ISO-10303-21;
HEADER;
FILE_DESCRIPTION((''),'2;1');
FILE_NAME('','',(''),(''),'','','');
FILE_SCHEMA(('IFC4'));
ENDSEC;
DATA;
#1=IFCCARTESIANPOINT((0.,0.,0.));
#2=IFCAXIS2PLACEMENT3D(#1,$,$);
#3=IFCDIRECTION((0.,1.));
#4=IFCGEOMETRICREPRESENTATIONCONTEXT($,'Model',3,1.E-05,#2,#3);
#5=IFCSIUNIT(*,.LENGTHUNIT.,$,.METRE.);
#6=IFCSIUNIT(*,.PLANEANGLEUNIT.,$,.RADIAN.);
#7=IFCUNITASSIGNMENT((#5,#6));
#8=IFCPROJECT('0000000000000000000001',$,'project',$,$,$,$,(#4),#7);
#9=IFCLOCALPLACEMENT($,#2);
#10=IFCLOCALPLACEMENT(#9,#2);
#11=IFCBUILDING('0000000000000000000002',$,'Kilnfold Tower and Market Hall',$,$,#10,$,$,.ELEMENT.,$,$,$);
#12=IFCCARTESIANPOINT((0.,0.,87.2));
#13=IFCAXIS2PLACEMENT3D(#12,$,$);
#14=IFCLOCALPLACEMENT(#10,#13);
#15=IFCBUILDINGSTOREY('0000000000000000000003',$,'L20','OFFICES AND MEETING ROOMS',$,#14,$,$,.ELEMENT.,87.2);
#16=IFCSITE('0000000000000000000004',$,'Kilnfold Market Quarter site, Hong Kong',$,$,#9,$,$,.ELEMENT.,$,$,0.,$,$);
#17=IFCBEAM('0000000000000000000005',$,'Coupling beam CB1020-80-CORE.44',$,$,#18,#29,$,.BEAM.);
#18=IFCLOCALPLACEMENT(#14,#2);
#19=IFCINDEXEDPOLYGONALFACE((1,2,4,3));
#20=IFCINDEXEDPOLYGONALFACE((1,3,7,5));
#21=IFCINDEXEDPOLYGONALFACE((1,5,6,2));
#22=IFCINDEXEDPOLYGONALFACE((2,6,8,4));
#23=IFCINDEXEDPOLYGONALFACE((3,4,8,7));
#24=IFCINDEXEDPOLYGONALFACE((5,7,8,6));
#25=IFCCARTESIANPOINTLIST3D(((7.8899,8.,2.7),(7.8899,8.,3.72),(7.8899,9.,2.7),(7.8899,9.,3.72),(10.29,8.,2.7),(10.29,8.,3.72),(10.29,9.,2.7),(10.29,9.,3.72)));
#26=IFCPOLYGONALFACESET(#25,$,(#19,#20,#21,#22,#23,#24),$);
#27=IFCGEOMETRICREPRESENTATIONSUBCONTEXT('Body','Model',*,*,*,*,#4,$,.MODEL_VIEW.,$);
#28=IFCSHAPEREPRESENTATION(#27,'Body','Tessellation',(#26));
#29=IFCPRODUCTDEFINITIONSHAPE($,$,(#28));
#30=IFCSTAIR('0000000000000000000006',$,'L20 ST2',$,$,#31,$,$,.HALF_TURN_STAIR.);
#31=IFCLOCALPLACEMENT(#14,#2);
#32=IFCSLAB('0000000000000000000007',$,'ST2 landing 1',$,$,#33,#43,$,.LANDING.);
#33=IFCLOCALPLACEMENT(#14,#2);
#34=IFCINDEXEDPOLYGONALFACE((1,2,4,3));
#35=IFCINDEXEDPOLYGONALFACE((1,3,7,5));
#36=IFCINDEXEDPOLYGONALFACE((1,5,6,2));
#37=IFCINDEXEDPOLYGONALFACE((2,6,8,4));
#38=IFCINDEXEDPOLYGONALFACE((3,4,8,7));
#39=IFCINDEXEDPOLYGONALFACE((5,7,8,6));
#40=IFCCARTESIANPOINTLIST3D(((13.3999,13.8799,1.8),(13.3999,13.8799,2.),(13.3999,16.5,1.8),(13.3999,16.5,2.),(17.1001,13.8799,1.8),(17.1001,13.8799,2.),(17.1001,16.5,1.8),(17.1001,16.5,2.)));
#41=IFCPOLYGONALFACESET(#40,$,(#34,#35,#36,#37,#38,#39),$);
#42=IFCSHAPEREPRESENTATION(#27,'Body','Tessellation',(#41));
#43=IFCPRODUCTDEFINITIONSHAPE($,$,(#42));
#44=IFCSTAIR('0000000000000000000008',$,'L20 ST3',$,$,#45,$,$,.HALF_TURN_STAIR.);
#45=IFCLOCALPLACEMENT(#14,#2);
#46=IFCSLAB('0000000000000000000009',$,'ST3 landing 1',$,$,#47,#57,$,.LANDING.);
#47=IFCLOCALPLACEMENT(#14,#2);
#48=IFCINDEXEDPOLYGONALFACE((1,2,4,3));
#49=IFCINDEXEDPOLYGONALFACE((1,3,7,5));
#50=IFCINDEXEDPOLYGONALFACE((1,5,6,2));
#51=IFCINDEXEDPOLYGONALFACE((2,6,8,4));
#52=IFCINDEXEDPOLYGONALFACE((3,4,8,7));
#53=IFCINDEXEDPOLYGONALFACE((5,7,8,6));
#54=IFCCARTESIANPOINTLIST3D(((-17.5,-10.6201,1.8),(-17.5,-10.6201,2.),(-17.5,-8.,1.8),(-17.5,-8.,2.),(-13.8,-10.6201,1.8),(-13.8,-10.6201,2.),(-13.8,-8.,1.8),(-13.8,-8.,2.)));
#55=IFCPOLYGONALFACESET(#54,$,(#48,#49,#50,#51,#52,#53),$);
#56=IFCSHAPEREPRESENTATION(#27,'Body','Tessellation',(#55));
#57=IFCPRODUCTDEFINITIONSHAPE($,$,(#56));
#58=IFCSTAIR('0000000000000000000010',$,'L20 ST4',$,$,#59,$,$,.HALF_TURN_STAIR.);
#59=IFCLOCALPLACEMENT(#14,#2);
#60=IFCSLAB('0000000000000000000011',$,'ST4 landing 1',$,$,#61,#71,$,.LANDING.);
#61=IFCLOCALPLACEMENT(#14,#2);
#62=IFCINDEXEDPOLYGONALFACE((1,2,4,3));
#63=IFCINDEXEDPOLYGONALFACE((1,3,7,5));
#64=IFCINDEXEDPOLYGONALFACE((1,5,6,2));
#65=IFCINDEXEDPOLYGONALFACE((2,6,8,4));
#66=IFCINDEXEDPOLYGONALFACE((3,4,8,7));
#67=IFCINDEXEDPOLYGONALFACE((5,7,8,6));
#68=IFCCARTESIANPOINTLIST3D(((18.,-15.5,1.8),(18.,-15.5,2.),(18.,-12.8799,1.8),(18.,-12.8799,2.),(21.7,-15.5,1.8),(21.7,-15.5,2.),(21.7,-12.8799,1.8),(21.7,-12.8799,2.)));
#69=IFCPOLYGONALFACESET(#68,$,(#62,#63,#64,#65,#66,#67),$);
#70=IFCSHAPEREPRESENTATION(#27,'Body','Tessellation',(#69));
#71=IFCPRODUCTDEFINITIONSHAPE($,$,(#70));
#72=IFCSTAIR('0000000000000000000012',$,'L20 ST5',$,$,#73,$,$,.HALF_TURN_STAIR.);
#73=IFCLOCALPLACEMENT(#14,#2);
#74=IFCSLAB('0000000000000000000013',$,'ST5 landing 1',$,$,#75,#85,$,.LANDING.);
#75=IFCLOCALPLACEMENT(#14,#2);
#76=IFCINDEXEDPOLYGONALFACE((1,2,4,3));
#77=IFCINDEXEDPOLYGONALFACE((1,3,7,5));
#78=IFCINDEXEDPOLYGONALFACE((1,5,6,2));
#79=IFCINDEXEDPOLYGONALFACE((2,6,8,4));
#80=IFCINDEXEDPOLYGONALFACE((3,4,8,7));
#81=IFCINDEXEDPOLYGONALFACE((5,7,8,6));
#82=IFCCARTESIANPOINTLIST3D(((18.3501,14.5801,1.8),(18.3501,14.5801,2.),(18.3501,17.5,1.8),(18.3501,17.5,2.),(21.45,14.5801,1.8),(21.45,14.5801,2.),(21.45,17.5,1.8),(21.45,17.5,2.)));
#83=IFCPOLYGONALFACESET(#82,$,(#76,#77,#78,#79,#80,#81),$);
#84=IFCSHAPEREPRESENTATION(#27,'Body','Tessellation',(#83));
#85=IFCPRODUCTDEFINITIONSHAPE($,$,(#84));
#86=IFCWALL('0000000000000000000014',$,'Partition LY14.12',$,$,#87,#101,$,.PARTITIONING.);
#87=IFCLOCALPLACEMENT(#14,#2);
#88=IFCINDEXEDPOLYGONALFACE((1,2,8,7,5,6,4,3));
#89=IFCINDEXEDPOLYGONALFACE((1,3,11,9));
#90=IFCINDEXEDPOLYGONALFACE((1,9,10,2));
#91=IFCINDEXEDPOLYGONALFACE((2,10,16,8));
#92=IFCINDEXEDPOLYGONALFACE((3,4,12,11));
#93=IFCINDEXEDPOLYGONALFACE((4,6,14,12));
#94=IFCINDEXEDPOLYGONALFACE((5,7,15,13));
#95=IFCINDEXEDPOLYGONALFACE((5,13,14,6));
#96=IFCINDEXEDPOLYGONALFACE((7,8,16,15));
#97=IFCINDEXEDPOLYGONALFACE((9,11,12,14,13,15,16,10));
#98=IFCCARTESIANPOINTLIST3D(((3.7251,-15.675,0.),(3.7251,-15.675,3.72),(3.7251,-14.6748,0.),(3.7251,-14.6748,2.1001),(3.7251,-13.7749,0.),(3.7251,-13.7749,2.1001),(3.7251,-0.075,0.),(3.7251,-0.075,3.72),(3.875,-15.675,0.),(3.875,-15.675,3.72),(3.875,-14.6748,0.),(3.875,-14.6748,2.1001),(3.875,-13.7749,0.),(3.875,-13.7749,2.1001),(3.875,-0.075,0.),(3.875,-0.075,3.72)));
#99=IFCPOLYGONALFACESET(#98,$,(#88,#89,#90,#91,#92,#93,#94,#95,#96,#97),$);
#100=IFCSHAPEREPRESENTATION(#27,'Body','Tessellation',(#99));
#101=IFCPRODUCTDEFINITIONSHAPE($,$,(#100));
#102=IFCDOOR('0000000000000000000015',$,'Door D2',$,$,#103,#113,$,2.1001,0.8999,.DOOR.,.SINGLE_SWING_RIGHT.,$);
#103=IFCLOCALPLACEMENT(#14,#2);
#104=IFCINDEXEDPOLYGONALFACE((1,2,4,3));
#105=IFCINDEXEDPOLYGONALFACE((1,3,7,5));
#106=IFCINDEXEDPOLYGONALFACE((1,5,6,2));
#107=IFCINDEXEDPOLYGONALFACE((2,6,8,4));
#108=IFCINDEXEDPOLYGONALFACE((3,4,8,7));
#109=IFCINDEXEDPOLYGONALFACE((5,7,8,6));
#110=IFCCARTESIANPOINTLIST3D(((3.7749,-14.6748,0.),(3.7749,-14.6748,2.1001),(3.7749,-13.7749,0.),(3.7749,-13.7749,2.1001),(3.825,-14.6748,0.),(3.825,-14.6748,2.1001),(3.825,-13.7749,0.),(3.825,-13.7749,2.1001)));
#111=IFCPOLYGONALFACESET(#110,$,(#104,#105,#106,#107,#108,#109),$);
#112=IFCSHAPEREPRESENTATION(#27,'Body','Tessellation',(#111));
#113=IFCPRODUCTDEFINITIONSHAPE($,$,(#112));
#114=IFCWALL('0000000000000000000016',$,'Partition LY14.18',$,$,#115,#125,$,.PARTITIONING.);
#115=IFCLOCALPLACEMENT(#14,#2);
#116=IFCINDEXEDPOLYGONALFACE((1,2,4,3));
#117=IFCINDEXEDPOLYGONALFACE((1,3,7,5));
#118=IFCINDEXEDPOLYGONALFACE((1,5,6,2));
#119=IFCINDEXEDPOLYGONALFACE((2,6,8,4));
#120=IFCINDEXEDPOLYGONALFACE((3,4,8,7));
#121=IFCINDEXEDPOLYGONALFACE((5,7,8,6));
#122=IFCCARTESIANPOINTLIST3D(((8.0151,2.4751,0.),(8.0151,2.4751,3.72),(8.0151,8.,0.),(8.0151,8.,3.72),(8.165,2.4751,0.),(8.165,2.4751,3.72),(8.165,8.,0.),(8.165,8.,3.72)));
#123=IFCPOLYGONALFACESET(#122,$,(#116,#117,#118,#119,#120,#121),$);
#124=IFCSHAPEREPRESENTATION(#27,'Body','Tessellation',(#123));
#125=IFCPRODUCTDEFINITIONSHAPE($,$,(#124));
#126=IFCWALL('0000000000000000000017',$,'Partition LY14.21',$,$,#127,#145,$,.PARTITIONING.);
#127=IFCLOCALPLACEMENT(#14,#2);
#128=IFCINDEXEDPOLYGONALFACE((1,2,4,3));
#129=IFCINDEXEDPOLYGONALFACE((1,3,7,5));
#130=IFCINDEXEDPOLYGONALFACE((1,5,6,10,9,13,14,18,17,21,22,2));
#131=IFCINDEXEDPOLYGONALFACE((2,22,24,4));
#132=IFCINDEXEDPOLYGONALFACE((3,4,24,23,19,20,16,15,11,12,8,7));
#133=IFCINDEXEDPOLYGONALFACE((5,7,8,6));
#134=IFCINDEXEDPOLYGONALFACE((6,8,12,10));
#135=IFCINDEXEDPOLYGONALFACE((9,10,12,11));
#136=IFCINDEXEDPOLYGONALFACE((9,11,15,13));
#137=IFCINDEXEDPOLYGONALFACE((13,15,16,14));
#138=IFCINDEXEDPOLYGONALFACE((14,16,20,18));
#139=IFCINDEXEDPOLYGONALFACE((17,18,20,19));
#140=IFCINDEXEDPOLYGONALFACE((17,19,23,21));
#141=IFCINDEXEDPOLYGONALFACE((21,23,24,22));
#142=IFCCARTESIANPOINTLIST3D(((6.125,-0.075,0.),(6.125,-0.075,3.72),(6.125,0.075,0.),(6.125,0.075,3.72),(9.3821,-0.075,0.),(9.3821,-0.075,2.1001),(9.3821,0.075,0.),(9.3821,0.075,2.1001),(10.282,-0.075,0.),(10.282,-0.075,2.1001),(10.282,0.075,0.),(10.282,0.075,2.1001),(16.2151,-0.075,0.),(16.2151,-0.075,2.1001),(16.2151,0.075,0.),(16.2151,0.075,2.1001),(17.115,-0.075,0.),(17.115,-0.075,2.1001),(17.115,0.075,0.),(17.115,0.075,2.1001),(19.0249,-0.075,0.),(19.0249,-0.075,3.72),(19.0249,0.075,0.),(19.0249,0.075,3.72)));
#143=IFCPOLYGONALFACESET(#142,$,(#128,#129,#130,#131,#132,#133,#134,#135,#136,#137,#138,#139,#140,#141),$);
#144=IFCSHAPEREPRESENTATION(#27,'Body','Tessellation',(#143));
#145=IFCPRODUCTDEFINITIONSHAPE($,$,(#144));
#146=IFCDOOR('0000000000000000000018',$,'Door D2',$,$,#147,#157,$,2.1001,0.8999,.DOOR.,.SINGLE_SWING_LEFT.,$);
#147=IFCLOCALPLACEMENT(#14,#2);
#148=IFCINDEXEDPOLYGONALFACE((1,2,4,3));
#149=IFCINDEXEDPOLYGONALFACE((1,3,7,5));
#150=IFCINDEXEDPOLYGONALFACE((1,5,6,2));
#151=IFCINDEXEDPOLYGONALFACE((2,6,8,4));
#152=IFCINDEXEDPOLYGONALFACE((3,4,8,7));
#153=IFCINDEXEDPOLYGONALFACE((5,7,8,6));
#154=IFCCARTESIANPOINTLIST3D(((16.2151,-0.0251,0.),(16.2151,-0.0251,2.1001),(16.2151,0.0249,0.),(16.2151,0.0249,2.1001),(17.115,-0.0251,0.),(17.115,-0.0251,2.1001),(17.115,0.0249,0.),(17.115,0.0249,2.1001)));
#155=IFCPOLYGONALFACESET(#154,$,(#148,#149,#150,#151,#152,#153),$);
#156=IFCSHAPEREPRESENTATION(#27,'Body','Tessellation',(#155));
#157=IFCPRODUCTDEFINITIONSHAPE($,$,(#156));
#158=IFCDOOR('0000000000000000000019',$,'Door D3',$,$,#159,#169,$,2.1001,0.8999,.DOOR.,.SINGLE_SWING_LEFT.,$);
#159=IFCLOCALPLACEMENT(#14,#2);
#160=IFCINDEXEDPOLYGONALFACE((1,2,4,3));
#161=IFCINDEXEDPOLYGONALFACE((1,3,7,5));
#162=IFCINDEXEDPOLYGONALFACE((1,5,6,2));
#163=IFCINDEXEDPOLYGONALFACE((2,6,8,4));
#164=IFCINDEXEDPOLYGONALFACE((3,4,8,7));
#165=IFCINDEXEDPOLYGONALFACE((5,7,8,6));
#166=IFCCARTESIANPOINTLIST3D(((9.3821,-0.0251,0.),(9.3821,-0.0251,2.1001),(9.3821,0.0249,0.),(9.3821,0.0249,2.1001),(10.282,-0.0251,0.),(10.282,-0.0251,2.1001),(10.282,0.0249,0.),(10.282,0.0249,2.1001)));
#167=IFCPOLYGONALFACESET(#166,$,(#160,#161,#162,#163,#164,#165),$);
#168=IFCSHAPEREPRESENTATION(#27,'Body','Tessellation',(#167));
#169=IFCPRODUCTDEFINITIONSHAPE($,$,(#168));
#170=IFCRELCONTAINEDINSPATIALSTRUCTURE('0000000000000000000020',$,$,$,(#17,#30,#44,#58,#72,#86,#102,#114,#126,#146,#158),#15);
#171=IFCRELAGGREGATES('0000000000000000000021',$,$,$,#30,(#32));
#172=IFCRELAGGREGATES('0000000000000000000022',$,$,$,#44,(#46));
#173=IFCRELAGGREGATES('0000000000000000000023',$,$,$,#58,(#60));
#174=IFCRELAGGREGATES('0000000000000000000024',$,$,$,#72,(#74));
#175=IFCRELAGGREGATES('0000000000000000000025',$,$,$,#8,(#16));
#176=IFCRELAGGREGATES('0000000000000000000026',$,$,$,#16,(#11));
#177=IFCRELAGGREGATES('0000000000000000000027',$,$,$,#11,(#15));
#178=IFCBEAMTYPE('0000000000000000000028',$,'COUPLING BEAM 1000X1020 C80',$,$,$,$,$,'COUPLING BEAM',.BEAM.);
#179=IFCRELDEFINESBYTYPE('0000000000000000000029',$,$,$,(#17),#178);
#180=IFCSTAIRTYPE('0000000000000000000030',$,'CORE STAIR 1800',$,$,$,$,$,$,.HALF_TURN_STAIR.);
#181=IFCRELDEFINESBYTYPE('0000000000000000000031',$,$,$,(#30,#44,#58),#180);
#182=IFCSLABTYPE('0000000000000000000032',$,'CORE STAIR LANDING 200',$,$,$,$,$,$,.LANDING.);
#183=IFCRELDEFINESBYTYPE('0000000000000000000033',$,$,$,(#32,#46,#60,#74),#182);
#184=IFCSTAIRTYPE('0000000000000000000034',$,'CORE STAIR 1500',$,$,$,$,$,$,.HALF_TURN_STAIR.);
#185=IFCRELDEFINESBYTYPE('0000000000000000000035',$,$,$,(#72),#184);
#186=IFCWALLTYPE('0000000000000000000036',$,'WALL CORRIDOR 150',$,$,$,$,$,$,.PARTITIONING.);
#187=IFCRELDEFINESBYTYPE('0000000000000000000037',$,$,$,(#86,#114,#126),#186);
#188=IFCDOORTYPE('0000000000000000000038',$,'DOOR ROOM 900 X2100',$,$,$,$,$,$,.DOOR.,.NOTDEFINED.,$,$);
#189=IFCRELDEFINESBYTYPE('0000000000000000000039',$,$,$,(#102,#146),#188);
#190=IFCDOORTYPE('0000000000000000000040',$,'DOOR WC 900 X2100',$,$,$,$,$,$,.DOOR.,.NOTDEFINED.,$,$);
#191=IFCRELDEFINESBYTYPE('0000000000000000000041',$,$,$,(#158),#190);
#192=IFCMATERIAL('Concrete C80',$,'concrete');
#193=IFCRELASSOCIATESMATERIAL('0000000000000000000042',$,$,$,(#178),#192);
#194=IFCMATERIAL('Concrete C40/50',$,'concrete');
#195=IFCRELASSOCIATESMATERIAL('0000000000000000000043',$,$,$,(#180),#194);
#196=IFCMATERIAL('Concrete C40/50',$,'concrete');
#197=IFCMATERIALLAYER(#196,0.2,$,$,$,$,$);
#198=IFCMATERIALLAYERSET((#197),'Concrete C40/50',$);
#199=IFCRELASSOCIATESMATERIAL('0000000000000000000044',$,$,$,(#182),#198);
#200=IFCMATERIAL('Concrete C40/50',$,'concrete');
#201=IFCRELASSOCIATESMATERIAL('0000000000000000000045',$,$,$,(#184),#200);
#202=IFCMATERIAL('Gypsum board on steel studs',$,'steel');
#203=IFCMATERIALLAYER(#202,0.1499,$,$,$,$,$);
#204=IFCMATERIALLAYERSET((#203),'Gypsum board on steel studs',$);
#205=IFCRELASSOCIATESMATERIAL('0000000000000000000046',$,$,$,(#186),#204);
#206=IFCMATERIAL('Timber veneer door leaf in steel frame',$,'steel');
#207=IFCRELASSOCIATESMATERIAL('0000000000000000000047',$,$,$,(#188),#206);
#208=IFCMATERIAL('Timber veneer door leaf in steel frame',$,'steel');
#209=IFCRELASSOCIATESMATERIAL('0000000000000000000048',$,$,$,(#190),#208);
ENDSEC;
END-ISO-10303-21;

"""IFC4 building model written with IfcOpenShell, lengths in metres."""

from ifc_helpers import new_model, si_unit, direction, frame, frame_2d, origin, origin_2d, place, context, subcontext, project, spatial, polyline, rectangle, outline, extrude, source, transform, mapped, material, layer, layer_set, material_profile, profile_set, type_object, element, fill, aggregate, save


model = new_model("IFC4")

# Units and contexts
model_context = context("Model", 3, precision=1e-05, world=origin(), true_north=direction((0.0, 1.0)))
body_context = subcontext(model_context, "Body", "Model", "MODEL_VIEW")
ifc_project = project(units=[si_unit("LENGTHUNIT", "METRE"), si_unit("PLANEANGLEUNIT", "RADIAN")], contexts=[model_context])

# Site, building, storey
site_placement = place(None, origin())
site = spatial("IfcSite", under=ifc_project, at=site_placement, Name="Kilnfold Market Quarter site, Hong Kong", CompositionType="ELEMENT", RefElevation=0.0)
building_placement = place(site_placement, origin())
building = spatial("IfcBuilding", under=site, at=building_placement, Name="Kilnfold Tower and Market Hall", CompositionType="ELEMENT")
storey_placement = place(building_placement, frame((0.0, 0.0, 87.2)))
storey = spatial("IfcBuildingStorey", under=building, at=storey_placement, Name="L20", Description="OFFICES AND MEETING ROOMS", CompositionType="ELEMENT", Elevation=87.2)

# Beam
ifc_material_1 = material(Name="Concrete C80", Category="concrete")
ifc_material_profile = material_profile(ifc_material_1, rectangle(XDim=1.0, YDim=1.02, at=origin_2d()), Name="RC 1000x1020")
ifc_profile_set = profile_set([ifc_material_profile], Name="Concrete C80")
beam_type = type_object("IfcBeamType", Name="COUPLING BEAM 1000X1020 C80", ElementType="COUPLING BEAM", PredefinedType="BEAM", material=ifc_profile_set)
shared_shape_1 = source(origin(), body_context, "Body", "SweptSolid", [
    extrude(rectangle(XDim=1.0, YDim=1.02, at=origin_2d()), origin(), (0.0, 0.0, 1.0), 2.4001),
])
beam_placement = place(storey_placement, frame((7.8899, 8.5, 3.21), z_axis=(1.0, 0.0, 0.0), x_axis=(0.0, 1.0, 0.0)))
element("IfcBeam", 1, at=beam_placement, inside=storey, type_object=beam_type, Name="Coupling beam CB1020-80-CORE.44", PredefinedType="BEAM", context=body_context, shape_type="MappedRepresentation", body=[
    mapped(shared_shape_1, transform((0.0, 0.0, 0.0))),
])

# Stairs, slabs
ifc_material_2 = material(Name="Concrete C40/50", Category="concrete")
stair_type_1 = type_object("IfcStairType", Name="CORE STAIR 1800", PredefinedType="HALF_TURN_STAIR", material=ifc_material_2)
stair_1_placement = place(storey_placement, origin())
stair_1 = element("IfcStair", 2, at=stair_1_placement, inside=storey, type_object=stair_type_1, Name="L20 ST2", PredefinedType="HALF_TURN_STAIR")
ifc_material_3 = material(Name="Concrete C40/50", Category="concrete")
ifc_layer_1 = layer(ifc_material_3, 0.2)
ifc_layer_set_1 = layer_set([ifc_layer_1], Name="Concrete C40/50")
slab_type = type_object("IfcSlabType", Name="CORE STAIR LANDING 200", PredefinedType="LANDING", material=ifc_layer_set_1)
shared_shape_2 = source(origin(), body_context, "Body", "SweptSolid", [
    extrude(outline(polyline([(17.1001, 13.8799), (17.1001, 16.5), (13.3999, 16.5), (13.3999, 13.8799), (17.1001, 13.8799)])), origin(), (0.0, 0.0, 1.0), 0.2),
])
slab_1_placement = place(storey_placement, frame((0.0, 0.0, 1.8)))
slab_1 = element("IfcSlab", 3, at=slab_1_placement, type_object=slab_type, Name="ST2 landing 1", PredefinedType="LANDING", context=body_context, shape_type="MappedRepresentation", body=[
    mapped(shared_shape_2, transform((0.0, 0.0, 0.0))),
])
aggregate(stair_1, [slab_1])
stair_2_placement = place(storey_placement, origin())
stair_2 = element("IfcStair", 4, at=stair_2_placement, inside=storey, type_object=stair_type_1, Name="L20 ST3", PredefinedType="HALF_TURN_STAIR")
shared_shape_3 = source(origin(), body_context, "Body", "SweptSolid", [
    extrude(outline(polyline([(-13.8, -10.6201), (-13.8, -8.0), (-17.5, -8.0), (-17.5, -10.6201), (-13.8, -10.6201)])), origin(), (0.0, 0.0, 1.0), 0.2),
])
slab_2_placement = place(storey_placement, frame((0.0, 0.0, 1.8)))
slab_2 = element("IfcSlab", 5, at=slab_2_placement, type_object=slab_type, Name="ST3 landing 1", PredefinedType="LANDING", context=body_context, shape_type="MappedRepresentation", body=[
    mapped(shared_shape_3, transform((0.0, 0.0, 0.0))),
])
aggregate(stair_2, [slab_2])
stair_3_placement = place(storey_placement, origin())
stair_3 = element("IfcStair", 6, at=stair_3_placement, inside=storey, type_object=stair_type_1, Name="L20 ST4", PredefinedType="HALF_TURN_STAIR")
shared_shape_4 = source(origin(), body_context, "Body", "SweptSolid", [
    extrude(outline(polyline([(18.0, -12.8799), (18.0, -15.5), (21.7, -15.5), (21.7, -12.8799), (18.0, -12.8799)])), origin(), (0.0, 0.0, 1.0), 0.2),
])
slab_3_placement = place(storey_placement, frame((0.0, 0.0, 1.8)))
slab_3 = element("IfcSlab", 7, at=slab_3_placement, type_object=slab_type, Name="ST4 landing 1", PredefinedType="LANDING", context=body_context, shape_type="MappedRepresentation", body=[
    mapped(shared_shape_4, transform((0.0, 0.0, 0.0))),
])
aggregate(stair_3, [slab_3])
ifc_material_4 = material(Name="Concrete C40/50", Category="concrete")
stair_type_2 = type_object("IfcStairType", Name="CORE STAIR 1500", PredefinedType="HALF_TURN_STAIR", material=ifc_material_4)
stair_4_placement = place(storey_placement, origin())
stair_4 = element("IfcStair", 8, at=stair_4_placement, inside=storey, type_object=stair_type_2, Name="L20 ST5", PredefinedType="HALF_TURN_STAIR")
shared_shape_5 = source(origin(), body_context, "Body", "SweptSolid", [
    extrude(outline(polyline([(21.45, 14.5801), (21.45, 17.5), (18.3501, 17.5), (18.3501, 14.5801), (21.45, 14.5801)])), origin(), (0.0, 0.0, 1.0), 0.2),
])
slab_4_placement = place(storey_placement, frame((0.0, 0.0, 1.8)))
slab_4 = element("IfcSlab", 9, at=slab_4_placement, type_object=slab_type, Name="ST5 landing 1", PredefinedType="LANDING", context=body_context, shape_type="MappedRepresentation", body=[
    mapped(shared_shape_5, transform((0.0, 0.0, 0.0))),
])
aggregate(stair_4, [slab_4])

# Wall, opening, door
ifc_material_5 = material(Name="Gypsum board on steel studs", Category="steel")
ifc_layer_2 = layer(ifc_material_5, 0.1499)
ifc_layer_set_2 = layer_set([ifc_layer_2], Name="Gypsum board on steel studs")
wall_type_1 = type_object("IfcWallType", Name="WALL CORRIDOR 150", PredefinedType="PARTITIONING", material=ifc_layer_set_2)
wall_1_placement = place(storey_placement, frame((3.8, -0.075, 0.0), z_axis=(0.0, 0.0, 1.0), x_axis=(0.0, -1.0, 0.0)))
wall_1 = element("IfcWall", 10, at=wall_1_placement, inside=storey, type_object=wall_type_1, Name="Partition LY14.12", PredefinedType="PARTITIONING", context=body_context, shape_type="SweptSolid", body=[
    extrude(rectangle(XDim=15.6001, YDim=0.1499, at=frame_2d((7.8, 0.0))), origin(), (0.0, 0.0, 1.0), 3.72),
])
opening_1_placement = place(wall_1_placement, frame((13.7, 0.0, 0.0)))
opening_1 = element("IfcOpeningElement", 11, at=opening_1_placement, cuts=wall_1, PredefinedType="OPENING", context=body_context, shape_type="SweptSolid", body=[
    extrude(rectangle(XDim=0.8999, YDim=2.1001, at=frame_2d((0.45, 1.05))), frame((0.0, 0.085, 0.0), z_axis=(0.0, -1.0, 0.0), x_axis=(1.0, 0.0, 0.0)), (0.0, 0.0, 1.0), 0.1699),
])
ifc_material_6 = material(Name="Timber veneer door leaf in steel frame", Category="steel")
door_type_1 = type_object("IfcDoorType", Name="DOOR ROOM 900 X2100", OperationType="NOTDEFINED", PredefinedType="DOOR", material=ifc_material_6)
door_1_placement = place(opening_1_placement, origin())
door_1 = element("IfcDoor", 12, at=door_1_placement, inside=storey, type_object=door_type_1, Name="Door D2", OperationType="SINGLE_SWING_RIGHT", OverallHeight=2.1001, OverallWidth=0.8999, PredefinedType="DOOR", context=body_context, shape_type="SweptSolid", body=[
    extrude(rectangle(XDim=0.8999, YDim=2.1001, at=frame_2d((0.45, 1.05))), frame((0.0, 0.0249, 0.0), z_axis=(0.0, -1.0, 0.0), x_axis=(1.0, 0.0, 0.0)), (0.0, 0.0, 1.0), 0.05),
])
fill(opening_1, door_1)

# Wall
wall_2_placement = place(storey_placement, frame((8.0901, 8.0, 0.0), z_axis=(0.0, 0.0, 1.0), x_axis=(0.0, -1.0, 0.0)))
element("IfcWall", 13, at=wall_2_placement, inside=storey, type_object=wall_type_1, Name="Partition LY14.18", PredefinedType="PARTITIONING", context=body_context, shape_type="SweptSolid", body=[
    extrude(rectangle(XDim=5.5249, YDim=0.1499, at=frame_2d((2.7625, 0.0))), origin(), (0.0, 0.0, 1.0), 3.72),
])

# Wall, openings, doors
wall_3_placement = place(storey_placement, frame((6.125, 0.0, 0.0), z_axis=(0.0, 0.0, 1.0), x_axis=(1.0, 0.0, 0.0)))
wall_3 = element("IfcWall", 14, at=wall_3_placement, inside=storey, type_object=wall_type_1, Name="Partition LY14.21", PredefinedType="PARTITIONING", context=body_context, shape_type="SweptSolid", body=[
    extrude(rectangle(XDim=12.8999, YDim=0.1499, at=frame_2d((6.45, 0.0))), origin(), (0.0, 0.0, 1.0), 3.72),
])
opening_2_placement = place(wall_3_placement, frame((3.2571, 0.0, 0.0)))
opening_2 = element("IfcOpeningElement", 15, at=opening_2_placement, cuts=wall_3, PredefinedType="OPENING", context=body_context, shape_type="SweptSolid", body=[
    extrude(rectangle(XDim=0.8999, YDim=2.1001, at=frame_2d((0.45, 1.05))), frame((0.0, 0.085, 0.0), z_axis=(0.0, -1.0, 0.0), x_axis=(1.0, 0.0, 0.0)), (0.0, 0.0, 1.0), 0.1699),
])
opening_3_placement = place(wall_3_placement, frame((10.0901, 0.0, 0.0)))
opening_3 = element("IfcOpeningElement", 16, at=opening_3_placement, cuts=wall_3, PredefinedType="OPENING", context=body_context, shape_type="SweptSolid", body=[
    extrude(rectangle(XDim=0.8999, YDim=2.1001, at=frame_2d((0.45, 1.05))), frame((0.0, 0.085, 0.0), z_axis=(0.0, -1.0, 0.0), x_axis=(1.0, 0.0, 0.0)), (0.0, 0.0, 1.0), 0.1699),
])
door_2_placement = place(opening_3_placement, origin())
door_2 = element("IfcDoor", 17, at=door_2_placement, inside=storey, type_object=door_type_1, Name="Door D2", OperationType="SINGLE_SWING_LEFT", OverallHeight=2.1001, OverallWidth=0.8999, PredefinedType="DOOR", context=body_context, shape_type="SweptSolid", body=[
    extrude(rectangle(XDim=0.8999, YDim=2.1001, at=frame_2d((0.45, 1.05))), frame((0.0, 0.0249, 0.0), z_axis=(0.0, -1.0, 0.0), x_axis=(1.0, 0.0, 0.0)), (0.0, 0.0, 1.0), 0.05),
])
fill(opening_3, door_2)
ifc_material_7 = material(Name="Timber veneer door leaf in steel frame", Category="steel")
door_type_2 = type_object("IfcDoorType", Name="DOOR WC 900 X2100", OperationType="NOTDEFINED", PredefinedType="DOOR", material=ifc_material_7)
door_3_placement = place(opening_2_placement, origin())
door_3 = element("IfcDoor", 18, at=door_3_placement, inside=storey, type_object=door_type_2, Name="Door D3", OperationType="SINGLE_SWING_LEFT", OverallHeight=2.1001, OverallWidth=0.8999, PredefinedType="DOOR", context=body_context, shape_type="SweptSolid", body=[
    extrude(rectangle(XDim=0.8999, YDim=2.1001, at=frame_2d((0.45, 1.05))), frame((0.0, 0.0249, 0.0), z_axis=(0.0, -1.0, 0.0), x_axis=(1.0, 0.0, 0.0)), (0.0, 0.0, 1.0), 0.05),
])
fill(opening_2, door_3)

save(model, "model.ifc")
